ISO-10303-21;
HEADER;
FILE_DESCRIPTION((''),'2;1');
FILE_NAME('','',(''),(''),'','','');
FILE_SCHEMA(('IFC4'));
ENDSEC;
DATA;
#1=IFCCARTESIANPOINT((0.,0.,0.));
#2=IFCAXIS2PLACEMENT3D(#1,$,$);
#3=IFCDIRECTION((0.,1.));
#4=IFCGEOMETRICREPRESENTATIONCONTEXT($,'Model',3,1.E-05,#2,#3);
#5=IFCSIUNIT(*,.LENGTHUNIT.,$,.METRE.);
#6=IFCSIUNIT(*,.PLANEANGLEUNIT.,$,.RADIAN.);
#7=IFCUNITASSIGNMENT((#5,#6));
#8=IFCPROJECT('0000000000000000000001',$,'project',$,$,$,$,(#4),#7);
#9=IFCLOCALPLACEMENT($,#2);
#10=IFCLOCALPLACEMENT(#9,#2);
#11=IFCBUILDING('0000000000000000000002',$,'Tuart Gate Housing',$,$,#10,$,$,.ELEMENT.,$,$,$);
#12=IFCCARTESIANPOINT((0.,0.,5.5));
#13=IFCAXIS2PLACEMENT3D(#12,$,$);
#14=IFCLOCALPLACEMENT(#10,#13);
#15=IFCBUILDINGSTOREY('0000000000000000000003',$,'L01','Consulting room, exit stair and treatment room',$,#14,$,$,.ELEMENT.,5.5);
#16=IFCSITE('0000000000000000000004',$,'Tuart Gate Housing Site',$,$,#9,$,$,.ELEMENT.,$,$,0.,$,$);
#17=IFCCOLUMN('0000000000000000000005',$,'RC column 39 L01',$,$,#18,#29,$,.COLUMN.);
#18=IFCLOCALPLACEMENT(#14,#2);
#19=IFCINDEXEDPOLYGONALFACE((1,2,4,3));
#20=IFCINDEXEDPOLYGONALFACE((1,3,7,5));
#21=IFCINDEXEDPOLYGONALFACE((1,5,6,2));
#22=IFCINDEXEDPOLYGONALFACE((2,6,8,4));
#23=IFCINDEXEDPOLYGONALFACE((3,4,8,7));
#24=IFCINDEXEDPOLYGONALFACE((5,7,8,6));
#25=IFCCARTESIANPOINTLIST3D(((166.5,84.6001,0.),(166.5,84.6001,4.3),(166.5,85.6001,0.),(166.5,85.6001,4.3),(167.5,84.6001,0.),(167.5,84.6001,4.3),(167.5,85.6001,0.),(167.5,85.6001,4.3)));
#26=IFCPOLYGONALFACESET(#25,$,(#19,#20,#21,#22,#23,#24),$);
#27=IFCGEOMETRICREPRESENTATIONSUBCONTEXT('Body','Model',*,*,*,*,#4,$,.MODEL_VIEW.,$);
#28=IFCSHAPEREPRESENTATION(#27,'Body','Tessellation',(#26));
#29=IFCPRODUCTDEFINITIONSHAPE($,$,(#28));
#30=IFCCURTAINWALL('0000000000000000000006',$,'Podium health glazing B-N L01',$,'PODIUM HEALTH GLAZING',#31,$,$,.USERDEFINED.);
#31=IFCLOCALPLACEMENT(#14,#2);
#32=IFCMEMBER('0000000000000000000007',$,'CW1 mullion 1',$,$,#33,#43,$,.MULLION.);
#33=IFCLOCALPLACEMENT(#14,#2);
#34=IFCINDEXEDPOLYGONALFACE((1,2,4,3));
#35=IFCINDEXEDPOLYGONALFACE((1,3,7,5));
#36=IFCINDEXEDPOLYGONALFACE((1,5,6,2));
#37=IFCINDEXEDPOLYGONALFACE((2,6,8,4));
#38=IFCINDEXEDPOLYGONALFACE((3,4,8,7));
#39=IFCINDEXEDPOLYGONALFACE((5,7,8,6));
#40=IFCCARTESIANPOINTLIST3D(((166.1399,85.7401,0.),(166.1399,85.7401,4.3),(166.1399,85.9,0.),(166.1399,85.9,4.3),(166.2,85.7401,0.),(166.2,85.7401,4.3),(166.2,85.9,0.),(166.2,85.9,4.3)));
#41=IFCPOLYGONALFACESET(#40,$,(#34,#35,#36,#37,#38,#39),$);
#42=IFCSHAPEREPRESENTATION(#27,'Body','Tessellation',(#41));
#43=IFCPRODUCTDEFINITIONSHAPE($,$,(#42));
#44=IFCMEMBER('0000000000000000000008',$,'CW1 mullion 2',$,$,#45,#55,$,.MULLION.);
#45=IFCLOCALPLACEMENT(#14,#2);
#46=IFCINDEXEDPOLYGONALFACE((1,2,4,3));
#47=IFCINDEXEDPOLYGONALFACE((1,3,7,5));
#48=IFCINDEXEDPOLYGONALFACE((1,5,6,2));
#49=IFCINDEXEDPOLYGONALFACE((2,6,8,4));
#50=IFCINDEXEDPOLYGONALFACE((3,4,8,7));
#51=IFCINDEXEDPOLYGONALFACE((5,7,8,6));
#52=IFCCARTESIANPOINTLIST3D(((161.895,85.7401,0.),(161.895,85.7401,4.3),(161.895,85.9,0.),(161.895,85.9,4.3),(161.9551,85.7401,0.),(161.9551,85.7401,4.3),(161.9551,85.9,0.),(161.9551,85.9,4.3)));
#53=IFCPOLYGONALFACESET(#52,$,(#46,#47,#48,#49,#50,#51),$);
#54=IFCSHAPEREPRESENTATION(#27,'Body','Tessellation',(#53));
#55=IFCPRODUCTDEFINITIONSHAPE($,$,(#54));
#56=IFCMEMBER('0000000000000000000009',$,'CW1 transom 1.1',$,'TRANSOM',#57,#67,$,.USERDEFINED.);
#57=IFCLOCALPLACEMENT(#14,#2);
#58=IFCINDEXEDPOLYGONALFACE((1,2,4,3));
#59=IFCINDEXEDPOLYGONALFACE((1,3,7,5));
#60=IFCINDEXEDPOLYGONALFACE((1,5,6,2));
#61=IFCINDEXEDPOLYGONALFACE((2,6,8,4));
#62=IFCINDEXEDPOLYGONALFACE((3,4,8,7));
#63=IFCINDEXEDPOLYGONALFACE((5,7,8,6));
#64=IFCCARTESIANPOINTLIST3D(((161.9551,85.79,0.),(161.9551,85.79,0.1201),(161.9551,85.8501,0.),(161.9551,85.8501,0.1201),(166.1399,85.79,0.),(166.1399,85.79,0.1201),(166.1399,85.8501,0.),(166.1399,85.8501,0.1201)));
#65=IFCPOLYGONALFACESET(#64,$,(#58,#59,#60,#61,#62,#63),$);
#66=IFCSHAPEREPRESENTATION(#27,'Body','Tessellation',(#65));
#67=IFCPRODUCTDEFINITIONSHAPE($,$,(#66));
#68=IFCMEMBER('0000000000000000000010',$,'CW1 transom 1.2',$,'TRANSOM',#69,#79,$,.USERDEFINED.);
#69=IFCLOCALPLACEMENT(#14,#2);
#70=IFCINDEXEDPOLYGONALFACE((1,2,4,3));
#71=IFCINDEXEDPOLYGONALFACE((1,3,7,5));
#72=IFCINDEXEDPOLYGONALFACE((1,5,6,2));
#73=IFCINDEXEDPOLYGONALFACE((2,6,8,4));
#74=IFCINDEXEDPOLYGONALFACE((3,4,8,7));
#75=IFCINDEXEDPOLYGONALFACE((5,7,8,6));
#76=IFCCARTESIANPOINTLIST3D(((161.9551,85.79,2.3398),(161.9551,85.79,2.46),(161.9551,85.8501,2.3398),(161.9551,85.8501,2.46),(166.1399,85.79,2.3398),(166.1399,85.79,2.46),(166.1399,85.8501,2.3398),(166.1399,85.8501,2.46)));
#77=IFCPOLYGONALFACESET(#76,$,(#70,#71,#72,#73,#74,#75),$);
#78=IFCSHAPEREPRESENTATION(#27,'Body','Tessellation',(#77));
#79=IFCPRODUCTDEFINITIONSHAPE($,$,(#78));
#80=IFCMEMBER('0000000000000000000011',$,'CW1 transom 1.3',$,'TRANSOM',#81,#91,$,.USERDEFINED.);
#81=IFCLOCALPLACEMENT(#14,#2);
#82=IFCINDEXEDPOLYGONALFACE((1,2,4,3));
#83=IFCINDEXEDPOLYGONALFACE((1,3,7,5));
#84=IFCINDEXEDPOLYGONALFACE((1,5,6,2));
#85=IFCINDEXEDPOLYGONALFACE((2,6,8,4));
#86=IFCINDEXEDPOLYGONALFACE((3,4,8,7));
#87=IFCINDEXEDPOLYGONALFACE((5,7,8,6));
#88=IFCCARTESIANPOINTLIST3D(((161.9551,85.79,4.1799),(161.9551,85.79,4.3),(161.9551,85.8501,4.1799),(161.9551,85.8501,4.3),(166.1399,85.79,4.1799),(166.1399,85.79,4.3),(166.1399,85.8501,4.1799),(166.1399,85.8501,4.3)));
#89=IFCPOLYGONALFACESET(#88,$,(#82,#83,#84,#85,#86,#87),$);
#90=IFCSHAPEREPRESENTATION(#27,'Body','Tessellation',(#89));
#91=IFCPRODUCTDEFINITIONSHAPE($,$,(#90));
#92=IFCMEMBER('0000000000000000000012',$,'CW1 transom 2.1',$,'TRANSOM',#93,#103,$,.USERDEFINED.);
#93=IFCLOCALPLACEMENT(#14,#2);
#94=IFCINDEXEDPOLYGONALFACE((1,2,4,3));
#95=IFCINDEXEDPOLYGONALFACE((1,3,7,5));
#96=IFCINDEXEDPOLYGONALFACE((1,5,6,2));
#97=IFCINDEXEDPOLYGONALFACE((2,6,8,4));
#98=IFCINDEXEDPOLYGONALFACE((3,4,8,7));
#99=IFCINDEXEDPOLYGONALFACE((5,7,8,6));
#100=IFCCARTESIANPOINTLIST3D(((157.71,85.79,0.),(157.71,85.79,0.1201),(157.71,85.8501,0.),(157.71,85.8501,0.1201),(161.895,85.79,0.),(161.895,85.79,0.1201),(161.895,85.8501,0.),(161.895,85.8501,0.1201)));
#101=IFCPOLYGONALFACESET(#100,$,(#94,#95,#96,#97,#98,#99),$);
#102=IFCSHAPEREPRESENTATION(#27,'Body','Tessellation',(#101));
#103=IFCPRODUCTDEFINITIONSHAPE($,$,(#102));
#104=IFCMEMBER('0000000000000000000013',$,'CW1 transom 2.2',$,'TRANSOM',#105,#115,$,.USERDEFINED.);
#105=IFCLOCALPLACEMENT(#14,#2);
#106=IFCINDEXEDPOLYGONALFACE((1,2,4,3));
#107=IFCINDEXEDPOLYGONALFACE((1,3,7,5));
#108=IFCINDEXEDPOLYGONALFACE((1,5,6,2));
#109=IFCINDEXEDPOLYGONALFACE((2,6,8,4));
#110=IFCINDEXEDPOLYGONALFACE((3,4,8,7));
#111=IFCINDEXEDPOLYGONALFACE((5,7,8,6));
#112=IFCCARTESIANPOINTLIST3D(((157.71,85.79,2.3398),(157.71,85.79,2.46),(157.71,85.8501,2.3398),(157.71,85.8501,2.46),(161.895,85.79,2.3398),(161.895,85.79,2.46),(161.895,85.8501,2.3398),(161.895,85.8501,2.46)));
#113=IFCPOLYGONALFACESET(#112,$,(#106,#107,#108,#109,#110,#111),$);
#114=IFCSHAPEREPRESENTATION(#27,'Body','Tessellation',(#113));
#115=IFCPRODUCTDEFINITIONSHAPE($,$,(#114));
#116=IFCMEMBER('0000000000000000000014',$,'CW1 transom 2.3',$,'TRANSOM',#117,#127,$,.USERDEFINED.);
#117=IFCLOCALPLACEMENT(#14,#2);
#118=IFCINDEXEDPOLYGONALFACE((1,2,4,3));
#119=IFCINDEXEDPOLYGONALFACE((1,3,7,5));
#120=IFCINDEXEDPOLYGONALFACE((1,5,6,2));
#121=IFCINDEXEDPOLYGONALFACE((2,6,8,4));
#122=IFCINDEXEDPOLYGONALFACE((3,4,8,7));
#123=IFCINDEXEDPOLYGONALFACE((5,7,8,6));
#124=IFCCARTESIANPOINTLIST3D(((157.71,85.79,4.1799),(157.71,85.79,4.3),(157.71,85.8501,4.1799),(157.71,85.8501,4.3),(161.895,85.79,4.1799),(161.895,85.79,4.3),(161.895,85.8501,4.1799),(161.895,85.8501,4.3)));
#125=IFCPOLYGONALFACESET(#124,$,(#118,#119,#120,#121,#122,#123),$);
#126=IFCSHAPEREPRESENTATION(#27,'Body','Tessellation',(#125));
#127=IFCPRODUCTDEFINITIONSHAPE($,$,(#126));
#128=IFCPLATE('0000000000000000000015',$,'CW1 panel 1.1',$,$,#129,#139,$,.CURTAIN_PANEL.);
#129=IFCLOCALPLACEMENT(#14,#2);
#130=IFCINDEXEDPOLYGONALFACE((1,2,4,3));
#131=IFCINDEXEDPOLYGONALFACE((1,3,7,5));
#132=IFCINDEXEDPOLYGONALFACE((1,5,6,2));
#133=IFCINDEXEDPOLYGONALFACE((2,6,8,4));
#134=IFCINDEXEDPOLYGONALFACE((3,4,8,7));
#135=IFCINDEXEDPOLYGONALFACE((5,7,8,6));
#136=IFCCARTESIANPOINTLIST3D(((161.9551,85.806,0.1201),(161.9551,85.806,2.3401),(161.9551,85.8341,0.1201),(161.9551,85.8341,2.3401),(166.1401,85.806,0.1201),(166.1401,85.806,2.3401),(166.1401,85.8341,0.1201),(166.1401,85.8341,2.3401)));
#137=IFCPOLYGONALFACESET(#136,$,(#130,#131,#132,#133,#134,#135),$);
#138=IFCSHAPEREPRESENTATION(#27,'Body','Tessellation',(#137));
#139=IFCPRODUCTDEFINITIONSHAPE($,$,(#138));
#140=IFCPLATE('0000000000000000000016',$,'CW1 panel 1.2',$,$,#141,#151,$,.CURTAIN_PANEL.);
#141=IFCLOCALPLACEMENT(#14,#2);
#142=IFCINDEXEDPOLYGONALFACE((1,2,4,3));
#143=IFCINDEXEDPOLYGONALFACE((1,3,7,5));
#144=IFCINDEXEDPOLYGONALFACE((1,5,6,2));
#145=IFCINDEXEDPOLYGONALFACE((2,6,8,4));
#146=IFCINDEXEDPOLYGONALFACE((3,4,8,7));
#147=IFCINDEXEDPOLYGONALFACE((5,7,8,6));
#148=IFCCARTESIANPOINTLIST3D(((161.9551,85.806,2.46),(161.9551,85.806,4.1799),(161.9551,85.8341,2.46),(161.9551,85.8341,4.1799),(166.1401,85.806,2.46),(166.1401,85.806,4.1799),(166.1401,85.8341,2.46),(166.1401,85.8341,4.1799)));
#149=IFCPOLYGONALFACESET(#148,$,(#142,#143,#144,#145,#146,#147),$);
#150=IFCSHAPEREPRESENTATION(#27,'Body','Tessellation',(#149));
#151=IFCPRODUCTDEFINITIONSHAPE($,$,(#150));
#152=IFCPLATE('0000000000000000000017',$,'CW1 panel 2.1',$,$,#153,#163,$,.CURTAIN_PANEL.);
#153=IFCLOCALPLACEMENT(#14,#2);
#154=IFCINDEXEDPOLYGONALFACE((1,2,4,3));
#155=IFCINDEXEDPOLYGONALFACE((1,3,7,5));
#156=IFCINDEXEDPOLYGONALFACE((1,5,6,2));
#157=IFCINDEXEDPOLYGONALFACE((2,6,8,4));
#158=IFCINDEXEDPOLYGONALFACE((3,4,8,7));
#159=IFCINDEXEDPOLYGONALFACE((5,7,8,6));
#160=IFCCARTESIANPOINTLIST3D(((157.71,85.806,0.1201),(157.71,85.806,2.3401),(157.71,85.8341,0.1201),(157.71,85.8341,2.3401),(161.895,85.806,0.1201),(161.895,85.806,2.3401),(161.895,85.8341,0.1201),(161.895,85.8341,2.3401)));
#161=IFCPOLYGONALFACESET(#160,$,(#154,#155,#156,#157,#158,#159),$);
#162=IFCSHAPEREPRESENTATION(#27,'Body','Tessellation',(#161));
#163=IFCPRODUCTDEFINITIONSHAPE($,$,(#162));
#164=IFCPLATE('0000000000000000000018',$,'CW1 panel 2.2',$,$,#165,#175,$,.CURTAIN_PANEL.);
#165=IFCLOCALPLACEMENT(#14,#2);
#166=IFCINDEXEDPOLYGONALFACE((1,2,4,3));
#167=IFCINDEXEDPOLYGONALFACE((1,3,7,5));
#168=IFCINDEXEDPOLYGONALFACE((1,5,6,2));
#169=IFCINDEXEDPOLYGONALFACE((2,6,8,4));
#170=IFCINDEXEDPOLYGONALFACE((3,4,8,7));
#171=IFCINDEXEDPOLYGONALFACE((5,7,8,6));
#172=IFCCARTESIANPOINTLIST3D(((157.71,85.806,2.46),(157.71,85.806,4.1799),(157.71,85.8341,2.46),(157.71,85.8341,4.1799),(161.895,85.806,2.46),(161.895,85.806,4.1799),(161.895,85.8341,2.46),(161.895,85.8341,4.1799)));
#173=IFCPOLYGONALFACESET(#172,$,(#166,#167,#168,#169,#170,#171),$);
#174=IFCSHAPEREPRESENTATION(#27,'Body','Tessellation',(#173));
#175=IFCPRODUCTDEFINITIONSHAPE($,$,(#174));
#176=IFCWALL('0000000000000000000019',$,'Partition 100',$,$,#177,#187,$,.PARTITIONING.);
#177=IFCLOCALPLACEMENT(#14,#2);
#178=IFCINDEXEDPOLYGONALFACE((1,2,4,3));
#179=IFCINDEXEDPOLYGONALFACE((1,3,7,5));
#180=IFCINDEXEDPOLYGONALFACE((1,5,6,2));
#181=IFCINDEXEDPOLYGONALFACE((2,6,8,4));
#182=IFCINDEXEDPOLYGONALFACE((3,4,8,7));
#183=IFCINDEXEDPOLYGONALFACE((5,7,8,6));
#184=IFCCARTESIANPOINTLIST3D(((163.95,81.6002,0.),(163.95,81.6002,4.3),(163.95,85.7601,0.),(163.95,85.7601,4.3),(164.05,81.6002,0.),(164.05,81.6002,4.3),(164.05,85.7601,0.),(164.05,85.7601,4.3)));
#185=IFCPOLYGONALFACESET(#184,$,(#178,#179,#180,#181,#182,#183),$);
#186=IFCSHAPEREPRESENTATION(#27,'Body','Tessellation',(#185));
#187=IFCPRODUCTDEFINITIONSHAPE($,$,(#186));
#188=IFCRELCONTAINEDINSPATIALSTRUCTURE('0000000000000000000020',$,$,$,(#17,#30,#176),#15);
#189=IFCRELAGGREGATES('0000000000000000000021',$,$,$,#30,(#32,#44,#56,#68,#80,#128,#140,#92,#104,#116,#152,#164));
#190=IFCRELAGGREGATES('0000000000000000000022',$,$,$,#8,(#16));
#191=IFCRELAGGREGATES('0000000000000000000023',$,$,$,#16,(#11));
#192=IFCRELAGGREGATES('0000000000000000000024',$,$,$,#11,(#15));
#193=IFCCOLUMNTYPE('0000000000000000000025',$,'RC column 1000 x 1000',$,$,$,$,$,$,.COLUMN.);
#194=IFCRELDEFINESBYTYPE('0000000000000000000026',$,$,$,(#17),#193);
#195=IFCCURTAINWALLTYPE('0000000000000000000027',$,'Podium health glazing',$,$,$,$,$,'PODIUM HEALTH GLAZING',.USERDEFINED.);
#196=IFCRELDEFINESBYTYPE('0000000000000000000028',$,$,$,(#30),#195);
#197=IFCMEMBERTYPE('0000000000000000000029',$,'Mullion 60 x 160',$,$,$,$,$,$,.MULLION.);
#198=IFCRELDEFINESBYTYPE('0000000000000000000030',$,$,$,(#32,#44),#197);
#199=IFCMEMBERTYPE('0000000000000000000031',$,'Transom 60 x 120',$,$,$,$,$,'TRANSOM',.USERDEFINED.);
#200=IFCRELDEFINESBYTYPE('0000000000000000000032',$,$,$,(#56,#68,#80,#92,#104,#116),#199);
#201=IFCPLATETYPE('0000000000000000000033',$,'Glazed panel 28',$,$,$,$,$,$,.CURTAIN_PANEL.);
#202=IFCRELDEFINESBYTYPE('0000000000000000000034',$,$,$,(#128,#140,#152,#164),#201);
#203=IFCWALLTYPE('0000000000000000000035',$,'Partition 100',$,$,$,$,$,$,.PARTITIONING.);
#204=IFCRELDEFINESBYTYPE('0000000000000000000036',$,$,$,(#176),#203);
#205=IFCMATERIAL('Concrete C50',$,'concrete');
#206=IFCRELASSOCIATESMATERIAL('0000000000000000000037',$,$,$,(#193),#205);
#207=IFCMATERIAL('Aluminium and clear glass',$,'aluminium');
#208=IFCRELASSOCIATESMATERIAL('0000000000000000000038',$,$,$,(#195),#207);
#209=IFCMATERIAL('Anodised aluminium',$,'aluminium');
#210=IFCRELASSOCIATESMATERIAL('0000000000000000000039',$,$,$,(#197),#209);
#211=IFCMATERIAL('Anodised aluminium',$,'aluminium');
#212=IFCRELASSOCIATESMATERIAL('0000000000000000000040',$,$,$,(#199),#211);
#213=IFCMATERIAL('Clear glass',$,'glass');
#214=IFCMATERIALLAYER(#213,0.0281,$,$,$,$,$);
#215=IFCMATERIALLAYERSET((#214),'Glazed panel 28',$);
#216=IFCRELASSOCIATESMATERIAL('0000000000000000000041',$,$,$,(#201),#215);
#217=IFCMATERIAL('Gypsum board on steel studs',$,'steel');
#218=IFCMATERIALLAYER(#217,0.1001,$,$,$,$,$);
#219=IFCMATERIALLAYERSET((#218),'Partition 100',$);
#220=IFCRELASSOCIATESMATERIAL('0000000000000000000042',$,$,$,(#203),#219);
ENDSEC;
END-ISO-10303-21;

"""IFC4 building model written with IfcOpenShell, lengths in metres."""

from ifc_helpers import new_model, si_unit, direction, frame, frame_2d, origin, origin_2d, place, context, subcontext, project, spatial, rectangle, extrude, material, layer, layer_set, material_profile, profile_set, type_object, element, aggregate, save


model = new_model("IFC4")

# Units and contexts
model_context = context("Model", 3, precision=1e-05, world=origin(), true_north=direction((0.0, 1.0)))
body_context = subcontext(model_context, "Body", "Model", "MODEL_VIEW")
ifc_project = project(units=[si_unit("LENGTHUNIT", "METRE"), si_unit("PLANEANGLEUNIT", "RADIAN")], contexts=[model_context])

# Site, building, storey
site_placement = place(None, origin())
site = spatial("IfcSite", under=ifc_project, at=site_placement, Name="Tuart Gate Housing Site", CompositionType="ELEMENT", RefElevation=0.0)
building_placement = place(site_placement, origin())
building = spatial("IfcBuilding", under=site, at=building_placement, Name="Tuart Gate Housing", CompositionType="ELEMENT")
storey_placement = place(building_placement, frame((0.0, 0.0, 5.5)))
storey = spatial("IfcBuildingStorey", under=building, at=storey_placement, Name="L01", Description="Consulting room, exit stair and treatment room", CompositionType="ELEMENT", Elevation=5.5)

# Column
ifc_material_1 = material(Name="Concrete C50", Category="concrete")
ifc_material_profile_1 = material_profile(ifc_material_1, rectangle(XDim=1.0, YDim=1.0, at=origin_2d()), Name="RC column 1000 x 1000")
ifc_profile_set_1 = profile_set([ifc_material_profile_1], Name="Concrete C50")
column_type = type_object("IfcColumnType", Name="RC column 1000 x 1000", PredefinedType="COLUMN", material=ifc_profile_set_1)
column_placement = place(storey_placement, frame((167.0, 85.1001, 0.0), z_axis=(0.0, 0.0, 1.0), x_axis=(1.0, 0.0, 0.0)))
element("IfcColumn", 1, at=column_placement, inside=storey, type_object=column_type, Name="RC column 39 L01", PredefinedType="COLUMN", context=body_context, shape_type="SweptSolid", body=[
    extrude(rectangle(XDim=1.0, YDim=1.0, at=origin_2d()), origin(), (0.0, 0.0, 1.0), 4.3),
])

# Curtain wall, members, plates
ifc_material_2 = material(Name="Aluminium and clear glass", Category="aluminium")
curtain_wall_type = type_object("IfcCurtainWallType", Name="Podium health glazing", ElementType="PODIUM HEALTH GLAZING", PredefinedType="USERDEFINED", material=ifc_material_2)
curtain_wall_placement = place(storey_placement, origin())
curtain_wall = element("IfcCurtainWall", 2, at=curtain_wall_placement, inside=storey, type_object=curtain_wall_type, Name="Podium health glazing B-N L01", ObjectType="PODIUM HEALTH GLAZING", PredefinedType="USERDEFINED")
ifc_material_3 = material(Name="Anodised aluminium", Category="aluminium")
ifc_material_profile_2 = material_profile(ifc_material_3, rectangle(XDim=0.0601, YDim=0.1599, at=origin_2d()), Name="60x160")
ifc_profile_set_2 = profile_set([ifc_material_profile_2], Name="Anodised aluminium")
member_type_1 = type_object("IfcMemberType", Name="Mullion 60 x 160", PredefinedType="MULLION", material=ifc_profile_set_2)
member_1_placement = place(storey_placement, frame((166.1699, 85.8201, 0.0), z_axis=(0.0, 0.0, 1.0), x_axis=(-1.0, 0.0, 0.0)))
member_1 = element("IfcMember", 3, at=member_1_placement, type_object=member_type_1, Name="CW1 mullion 1", PredefinedType="MULLION", context=body_context, shape_type="SweptSolid", body=[
    extrude(rectangle(XDim=0.0601, YDim=0.1599, at=origin_2d()), origin(), (0.0, 0.0, 1.0), 4.3),
])
member_2_placement = place(storey_placement, frame((161.925, 85.8201, 0.0), z_axis=(0.0, 0.0, 1.0), x_axis=(-1.0, 0.0, 0.0)))
member_2 = element("IfcMember", 4, at=member_2_placement, type_object=member_type_1, Name="CW1 mullion 2", PredefinedType="MULLION", context=body_context, shape_type="SweptSolid", body=[
    extrude(rectangle(XDim=0.0601, YDim=0.1599, at=origin_2d()), origin(), (0.0, 0.0, 1.0), 4.3),
])
ifc_material_4 = material(Name="Anodised aluminium", Category="aluminium")
ifc_material_profile_3 = material_profile(ifc_material_4, rectangle(XDim=0.0601, YDim=0.1201, at=origin_2d()), Name="60x120")
ifc_profile_set_3 = profile_set([ifc_material_profile_3], Name="Anodised aluminium")
member_type_2 = type_object("IfcMemberType", Name="Transom 60 x 120", ElementType="TRANSOM", PredefinedType="USERDEFINED", material=ifc_profile_set_3)
member_3_placement = place(storey_placement, frame((166.1399, 85.8201, 0.0601), z_axis=(-1.0, 0.0, 0.0), x_axis=(0.0, -1.0, 0.0)))
member_3 = element("IfcMember", 5, at=member_3_placement, type_object=member_type_2, Name="CW1 transom 1.1", ObjectType="TRANSOM", PredefinedType="USERDEFINED", context=body_context, shape_type="SweptSolid", body=[
    extrude(rectangle(XDim=0.0601, YDim=0.1201, at=origin_2d()), origin(), (0.0, 0.0, 1.0), 4.1848),
])
member_4_placement = place(storey_placement, frame((166.1399, 85.8201, 2.3999), z_axis=(-1.0, 0.0, 0.0), x_axis=(0.0, -1.0, 0.0)))
member_4 = element("IfcMember", 6, at=member_4_placement, type_object=member_type_2, Name="CW1 transom 1.2", ObjectType="TRANSOM", PredefinedType="USERDEFINED", context=body_context, shape_type="SweptSolid", body=[
    extrude(rectangle(XDim=0.0601, YDim=0.1201, at=origin_2d()), origin(), (0.0, 0.0, 1.0), 4.1848),
])
member_5_placement = place(storey_placement, frame((166.1399, 85.8201, 4.24), z_axis=(-1.0, 0.0, 0.0), x_axis=(0.0, -1.0, 0.0)))
member_5 = element("IfcMember", 7, at=member_5_placement, type_object=member_type_2, Name="CW1 transom 1.3", ObjectType="TRANSOM", PredefinedType="USERDEFINED", context=body_context, shape_type="SweptSolid", body=[
    extrude(rectangle(XDim=0.0601, YDim=0.1201, at=origin_2d()), origin(), (0.0, 0.0, 1.0), 4.1848),
])
member_6_placement = place(storey_placement, frame((161.895, 85.8201, 0.0601), z_axis=(-1.0, 0.0, 0.0), x_axis=(0.0, -1.0, 0.0)))
member_6 = element("IfcMember", 8, at=member_6_placement, type_object=member_type_2, Name="CW1 transom 2.1", ObjectType="TRANSOM", PredefinedType="USERDEFINED", context=body_context, shape_type="SweptSolid", body=[
    extrude(rectangle(XDim=0.0601, YDim=0.1201, at=origin_2d()), origin(), (0.0, 0.0, 1.0), 4.1851),
])
member_7_placement = place(storey_placement, frame((161.895, 85.8201, 2.3999), z_axis=(-1.0, 0.0, 0.0), x_axis=(0.0, -1.0, 0.0)))
member_7 = element("IfcMember", 9, at=member_7_placement, type_object=member_type_2, Name="CW1 transom 2.2", ObjectType="TRANSOM", PredefinedType="USERDEFINED", context=body_context, shape_type="SweptSolid", body=[
    extrude(rectangle(XDim=0.0601, YDim=0.1201, at=origin_2d()), origin(), (0.0, 0.0, 1.0), 4.1851),
])
member_8_placement = place(storey_placement, frame((161.895, 85.8201, 4.24), z_axis=(-1.0, 0.0, 0.0), x_axis=(0.0, -1.0, 0.0)))
member_8 = element("IfcMember", 10, at=member_8_placement, type_object=member_type_2, Name="CW1 transom 2.3", ObjectType="TRANSOM", PredefinedType="USERDEFINED", context=body_context, shape_type="SweptSolid", body=[
    extrude(rectangle(XDim=0.0601, YDim=0.1201, at=origin_2d()), origin(), (0.0, 0.0, 1.0), 4.1851),
])
ifc_material_5 = material(Name="Clear glass", Category="glass")
ifc_layer_1 = layer(ifc_material_5, 0.0281)
ifc_layer_set_1 = layer_set([ifc_layer_1], Name="Glazed panel 28")
plate_type = type_object("IfcPlateType", Name="Glazed panel 28", PredefinedType="CURTAIN_PANEL", material=ifc_layer_set_1)
plate_1_placement = place(storey_placement, frame((164.0476, 85.8201, 0.1201), z_axis=(0.0, 0.0, 1.0), x_axis=(-1.0, 0.0, 0.0)))
plate_1 = element("IfcPlate", 11, at=plate_1_placement, type_object=plate_type, Name="CW1 panel 1.1", PredefinedType="CURTAIN_PANEL", context=body_context, shape_type="SweptSolid", body=[
    extrude(rectangle(XDim=4.1851, YDim=0.0281, at=origin_2d()), origin(), (0.0, 0.0, 1.0), 2.22),
])
plate_2_placement = place(storey_placement, frame((164.0476, 85.8201, 2.46), z_axis=(0.0, 0.0, 1.0), x_axis=(-1.0, 0.0, 0.0)))
plate_2 = element("IfcPlate", 12, at=plate_2_placement, type_object=plate_type, Name="CW1 panel 1.2", PredefinedType="CURTAIN_PANEL", context=body_context, shape_type="SweptSolid", body=[
    extrude(rectangle(XDim=4.1851, YDim=0.0281, at=origin_2d()), origin(), (0.0, 0.0, 1.0), 1.72),
])
plate_3_placement = place(storey_placement, frame((159.8025, 85.8201, 0.1201), z_axis=(0.0, 0.0, 1.0), x_axis=(-1.0, 0.0, 0.0)))
plate_3 = element("IfcPlate", 13, at=plate_3_placement, type_object=plate_type, Name="CW1 panel 2.1", PredefinedType="CURTAIN_PANEL", context=body_context, shape_type="SweptSolid", body=[
    extrude(rectangle(XDim=4.1851, YDim=0.0281, at=origin_2d()), origin(), (0.0, 0.0, 1.0), 2.22),
])
plate_4_placement = place(storey_placement, frame((159.8025, 85.8201, 2.46), z_axis=(0.0, 0.0, 1.0), x_axis=(-1.0, 0.0, 0.0)))
plate_4 = element("IfcPlate", 14, at=plate_4_placement, type_object=plate_type, Name="CW1 panel 2.2", PredefinedType="CURTAIN_PANEL", context=body_context, shape_type="SweptSolid", body=[
    extrude(rectangle(XDim=4.1851, YDim=0.0281, at=origin_2d()), origin(), (0.0, 0.0, 1.0), 1.72),
])
aggregate(curtain_wall, [member_1, member_2, member_3, member_4, member_5, plate_1, plate_2, member_6, member_7, member_8, plate_3, plate_4])

# Wall
ifc_material_6 = material(Name="Gypsum board on steel studs", Category="steel")
ifc_layer_2 = layer(ifc_material_6, 0.1001)
ifc_layer_set_2 = layer_set([ifc_layer_2], Name="Partition 100")
wall_type = type_object("IfcWallType", Name="Partition 100", PredefinedType="PARTITIONING", material=ifc_layer_set_2)
wall_placement = place(storey_placement, frame((164.0, 81.6001, 0.0), z_axis=(0.0, 0.0, 1.0), x_axis=(0.0, 1.0, 0.0)))
element("IfcWall", 15, at=wall_placement, inside=storey, type_object=wall_type, Name="Partition 100", PredefinedType="PARTITIONING", context=body_context, shape_type="SweptSolid", body=[
    extrude(rectangle(XDim=4.1599, YDim=0.1001, at=frame_2d((2.0801, 0.0))), origin(), (0.0, 0.0, 1.0), 4.3),
])

save(model, "model.ifc")
